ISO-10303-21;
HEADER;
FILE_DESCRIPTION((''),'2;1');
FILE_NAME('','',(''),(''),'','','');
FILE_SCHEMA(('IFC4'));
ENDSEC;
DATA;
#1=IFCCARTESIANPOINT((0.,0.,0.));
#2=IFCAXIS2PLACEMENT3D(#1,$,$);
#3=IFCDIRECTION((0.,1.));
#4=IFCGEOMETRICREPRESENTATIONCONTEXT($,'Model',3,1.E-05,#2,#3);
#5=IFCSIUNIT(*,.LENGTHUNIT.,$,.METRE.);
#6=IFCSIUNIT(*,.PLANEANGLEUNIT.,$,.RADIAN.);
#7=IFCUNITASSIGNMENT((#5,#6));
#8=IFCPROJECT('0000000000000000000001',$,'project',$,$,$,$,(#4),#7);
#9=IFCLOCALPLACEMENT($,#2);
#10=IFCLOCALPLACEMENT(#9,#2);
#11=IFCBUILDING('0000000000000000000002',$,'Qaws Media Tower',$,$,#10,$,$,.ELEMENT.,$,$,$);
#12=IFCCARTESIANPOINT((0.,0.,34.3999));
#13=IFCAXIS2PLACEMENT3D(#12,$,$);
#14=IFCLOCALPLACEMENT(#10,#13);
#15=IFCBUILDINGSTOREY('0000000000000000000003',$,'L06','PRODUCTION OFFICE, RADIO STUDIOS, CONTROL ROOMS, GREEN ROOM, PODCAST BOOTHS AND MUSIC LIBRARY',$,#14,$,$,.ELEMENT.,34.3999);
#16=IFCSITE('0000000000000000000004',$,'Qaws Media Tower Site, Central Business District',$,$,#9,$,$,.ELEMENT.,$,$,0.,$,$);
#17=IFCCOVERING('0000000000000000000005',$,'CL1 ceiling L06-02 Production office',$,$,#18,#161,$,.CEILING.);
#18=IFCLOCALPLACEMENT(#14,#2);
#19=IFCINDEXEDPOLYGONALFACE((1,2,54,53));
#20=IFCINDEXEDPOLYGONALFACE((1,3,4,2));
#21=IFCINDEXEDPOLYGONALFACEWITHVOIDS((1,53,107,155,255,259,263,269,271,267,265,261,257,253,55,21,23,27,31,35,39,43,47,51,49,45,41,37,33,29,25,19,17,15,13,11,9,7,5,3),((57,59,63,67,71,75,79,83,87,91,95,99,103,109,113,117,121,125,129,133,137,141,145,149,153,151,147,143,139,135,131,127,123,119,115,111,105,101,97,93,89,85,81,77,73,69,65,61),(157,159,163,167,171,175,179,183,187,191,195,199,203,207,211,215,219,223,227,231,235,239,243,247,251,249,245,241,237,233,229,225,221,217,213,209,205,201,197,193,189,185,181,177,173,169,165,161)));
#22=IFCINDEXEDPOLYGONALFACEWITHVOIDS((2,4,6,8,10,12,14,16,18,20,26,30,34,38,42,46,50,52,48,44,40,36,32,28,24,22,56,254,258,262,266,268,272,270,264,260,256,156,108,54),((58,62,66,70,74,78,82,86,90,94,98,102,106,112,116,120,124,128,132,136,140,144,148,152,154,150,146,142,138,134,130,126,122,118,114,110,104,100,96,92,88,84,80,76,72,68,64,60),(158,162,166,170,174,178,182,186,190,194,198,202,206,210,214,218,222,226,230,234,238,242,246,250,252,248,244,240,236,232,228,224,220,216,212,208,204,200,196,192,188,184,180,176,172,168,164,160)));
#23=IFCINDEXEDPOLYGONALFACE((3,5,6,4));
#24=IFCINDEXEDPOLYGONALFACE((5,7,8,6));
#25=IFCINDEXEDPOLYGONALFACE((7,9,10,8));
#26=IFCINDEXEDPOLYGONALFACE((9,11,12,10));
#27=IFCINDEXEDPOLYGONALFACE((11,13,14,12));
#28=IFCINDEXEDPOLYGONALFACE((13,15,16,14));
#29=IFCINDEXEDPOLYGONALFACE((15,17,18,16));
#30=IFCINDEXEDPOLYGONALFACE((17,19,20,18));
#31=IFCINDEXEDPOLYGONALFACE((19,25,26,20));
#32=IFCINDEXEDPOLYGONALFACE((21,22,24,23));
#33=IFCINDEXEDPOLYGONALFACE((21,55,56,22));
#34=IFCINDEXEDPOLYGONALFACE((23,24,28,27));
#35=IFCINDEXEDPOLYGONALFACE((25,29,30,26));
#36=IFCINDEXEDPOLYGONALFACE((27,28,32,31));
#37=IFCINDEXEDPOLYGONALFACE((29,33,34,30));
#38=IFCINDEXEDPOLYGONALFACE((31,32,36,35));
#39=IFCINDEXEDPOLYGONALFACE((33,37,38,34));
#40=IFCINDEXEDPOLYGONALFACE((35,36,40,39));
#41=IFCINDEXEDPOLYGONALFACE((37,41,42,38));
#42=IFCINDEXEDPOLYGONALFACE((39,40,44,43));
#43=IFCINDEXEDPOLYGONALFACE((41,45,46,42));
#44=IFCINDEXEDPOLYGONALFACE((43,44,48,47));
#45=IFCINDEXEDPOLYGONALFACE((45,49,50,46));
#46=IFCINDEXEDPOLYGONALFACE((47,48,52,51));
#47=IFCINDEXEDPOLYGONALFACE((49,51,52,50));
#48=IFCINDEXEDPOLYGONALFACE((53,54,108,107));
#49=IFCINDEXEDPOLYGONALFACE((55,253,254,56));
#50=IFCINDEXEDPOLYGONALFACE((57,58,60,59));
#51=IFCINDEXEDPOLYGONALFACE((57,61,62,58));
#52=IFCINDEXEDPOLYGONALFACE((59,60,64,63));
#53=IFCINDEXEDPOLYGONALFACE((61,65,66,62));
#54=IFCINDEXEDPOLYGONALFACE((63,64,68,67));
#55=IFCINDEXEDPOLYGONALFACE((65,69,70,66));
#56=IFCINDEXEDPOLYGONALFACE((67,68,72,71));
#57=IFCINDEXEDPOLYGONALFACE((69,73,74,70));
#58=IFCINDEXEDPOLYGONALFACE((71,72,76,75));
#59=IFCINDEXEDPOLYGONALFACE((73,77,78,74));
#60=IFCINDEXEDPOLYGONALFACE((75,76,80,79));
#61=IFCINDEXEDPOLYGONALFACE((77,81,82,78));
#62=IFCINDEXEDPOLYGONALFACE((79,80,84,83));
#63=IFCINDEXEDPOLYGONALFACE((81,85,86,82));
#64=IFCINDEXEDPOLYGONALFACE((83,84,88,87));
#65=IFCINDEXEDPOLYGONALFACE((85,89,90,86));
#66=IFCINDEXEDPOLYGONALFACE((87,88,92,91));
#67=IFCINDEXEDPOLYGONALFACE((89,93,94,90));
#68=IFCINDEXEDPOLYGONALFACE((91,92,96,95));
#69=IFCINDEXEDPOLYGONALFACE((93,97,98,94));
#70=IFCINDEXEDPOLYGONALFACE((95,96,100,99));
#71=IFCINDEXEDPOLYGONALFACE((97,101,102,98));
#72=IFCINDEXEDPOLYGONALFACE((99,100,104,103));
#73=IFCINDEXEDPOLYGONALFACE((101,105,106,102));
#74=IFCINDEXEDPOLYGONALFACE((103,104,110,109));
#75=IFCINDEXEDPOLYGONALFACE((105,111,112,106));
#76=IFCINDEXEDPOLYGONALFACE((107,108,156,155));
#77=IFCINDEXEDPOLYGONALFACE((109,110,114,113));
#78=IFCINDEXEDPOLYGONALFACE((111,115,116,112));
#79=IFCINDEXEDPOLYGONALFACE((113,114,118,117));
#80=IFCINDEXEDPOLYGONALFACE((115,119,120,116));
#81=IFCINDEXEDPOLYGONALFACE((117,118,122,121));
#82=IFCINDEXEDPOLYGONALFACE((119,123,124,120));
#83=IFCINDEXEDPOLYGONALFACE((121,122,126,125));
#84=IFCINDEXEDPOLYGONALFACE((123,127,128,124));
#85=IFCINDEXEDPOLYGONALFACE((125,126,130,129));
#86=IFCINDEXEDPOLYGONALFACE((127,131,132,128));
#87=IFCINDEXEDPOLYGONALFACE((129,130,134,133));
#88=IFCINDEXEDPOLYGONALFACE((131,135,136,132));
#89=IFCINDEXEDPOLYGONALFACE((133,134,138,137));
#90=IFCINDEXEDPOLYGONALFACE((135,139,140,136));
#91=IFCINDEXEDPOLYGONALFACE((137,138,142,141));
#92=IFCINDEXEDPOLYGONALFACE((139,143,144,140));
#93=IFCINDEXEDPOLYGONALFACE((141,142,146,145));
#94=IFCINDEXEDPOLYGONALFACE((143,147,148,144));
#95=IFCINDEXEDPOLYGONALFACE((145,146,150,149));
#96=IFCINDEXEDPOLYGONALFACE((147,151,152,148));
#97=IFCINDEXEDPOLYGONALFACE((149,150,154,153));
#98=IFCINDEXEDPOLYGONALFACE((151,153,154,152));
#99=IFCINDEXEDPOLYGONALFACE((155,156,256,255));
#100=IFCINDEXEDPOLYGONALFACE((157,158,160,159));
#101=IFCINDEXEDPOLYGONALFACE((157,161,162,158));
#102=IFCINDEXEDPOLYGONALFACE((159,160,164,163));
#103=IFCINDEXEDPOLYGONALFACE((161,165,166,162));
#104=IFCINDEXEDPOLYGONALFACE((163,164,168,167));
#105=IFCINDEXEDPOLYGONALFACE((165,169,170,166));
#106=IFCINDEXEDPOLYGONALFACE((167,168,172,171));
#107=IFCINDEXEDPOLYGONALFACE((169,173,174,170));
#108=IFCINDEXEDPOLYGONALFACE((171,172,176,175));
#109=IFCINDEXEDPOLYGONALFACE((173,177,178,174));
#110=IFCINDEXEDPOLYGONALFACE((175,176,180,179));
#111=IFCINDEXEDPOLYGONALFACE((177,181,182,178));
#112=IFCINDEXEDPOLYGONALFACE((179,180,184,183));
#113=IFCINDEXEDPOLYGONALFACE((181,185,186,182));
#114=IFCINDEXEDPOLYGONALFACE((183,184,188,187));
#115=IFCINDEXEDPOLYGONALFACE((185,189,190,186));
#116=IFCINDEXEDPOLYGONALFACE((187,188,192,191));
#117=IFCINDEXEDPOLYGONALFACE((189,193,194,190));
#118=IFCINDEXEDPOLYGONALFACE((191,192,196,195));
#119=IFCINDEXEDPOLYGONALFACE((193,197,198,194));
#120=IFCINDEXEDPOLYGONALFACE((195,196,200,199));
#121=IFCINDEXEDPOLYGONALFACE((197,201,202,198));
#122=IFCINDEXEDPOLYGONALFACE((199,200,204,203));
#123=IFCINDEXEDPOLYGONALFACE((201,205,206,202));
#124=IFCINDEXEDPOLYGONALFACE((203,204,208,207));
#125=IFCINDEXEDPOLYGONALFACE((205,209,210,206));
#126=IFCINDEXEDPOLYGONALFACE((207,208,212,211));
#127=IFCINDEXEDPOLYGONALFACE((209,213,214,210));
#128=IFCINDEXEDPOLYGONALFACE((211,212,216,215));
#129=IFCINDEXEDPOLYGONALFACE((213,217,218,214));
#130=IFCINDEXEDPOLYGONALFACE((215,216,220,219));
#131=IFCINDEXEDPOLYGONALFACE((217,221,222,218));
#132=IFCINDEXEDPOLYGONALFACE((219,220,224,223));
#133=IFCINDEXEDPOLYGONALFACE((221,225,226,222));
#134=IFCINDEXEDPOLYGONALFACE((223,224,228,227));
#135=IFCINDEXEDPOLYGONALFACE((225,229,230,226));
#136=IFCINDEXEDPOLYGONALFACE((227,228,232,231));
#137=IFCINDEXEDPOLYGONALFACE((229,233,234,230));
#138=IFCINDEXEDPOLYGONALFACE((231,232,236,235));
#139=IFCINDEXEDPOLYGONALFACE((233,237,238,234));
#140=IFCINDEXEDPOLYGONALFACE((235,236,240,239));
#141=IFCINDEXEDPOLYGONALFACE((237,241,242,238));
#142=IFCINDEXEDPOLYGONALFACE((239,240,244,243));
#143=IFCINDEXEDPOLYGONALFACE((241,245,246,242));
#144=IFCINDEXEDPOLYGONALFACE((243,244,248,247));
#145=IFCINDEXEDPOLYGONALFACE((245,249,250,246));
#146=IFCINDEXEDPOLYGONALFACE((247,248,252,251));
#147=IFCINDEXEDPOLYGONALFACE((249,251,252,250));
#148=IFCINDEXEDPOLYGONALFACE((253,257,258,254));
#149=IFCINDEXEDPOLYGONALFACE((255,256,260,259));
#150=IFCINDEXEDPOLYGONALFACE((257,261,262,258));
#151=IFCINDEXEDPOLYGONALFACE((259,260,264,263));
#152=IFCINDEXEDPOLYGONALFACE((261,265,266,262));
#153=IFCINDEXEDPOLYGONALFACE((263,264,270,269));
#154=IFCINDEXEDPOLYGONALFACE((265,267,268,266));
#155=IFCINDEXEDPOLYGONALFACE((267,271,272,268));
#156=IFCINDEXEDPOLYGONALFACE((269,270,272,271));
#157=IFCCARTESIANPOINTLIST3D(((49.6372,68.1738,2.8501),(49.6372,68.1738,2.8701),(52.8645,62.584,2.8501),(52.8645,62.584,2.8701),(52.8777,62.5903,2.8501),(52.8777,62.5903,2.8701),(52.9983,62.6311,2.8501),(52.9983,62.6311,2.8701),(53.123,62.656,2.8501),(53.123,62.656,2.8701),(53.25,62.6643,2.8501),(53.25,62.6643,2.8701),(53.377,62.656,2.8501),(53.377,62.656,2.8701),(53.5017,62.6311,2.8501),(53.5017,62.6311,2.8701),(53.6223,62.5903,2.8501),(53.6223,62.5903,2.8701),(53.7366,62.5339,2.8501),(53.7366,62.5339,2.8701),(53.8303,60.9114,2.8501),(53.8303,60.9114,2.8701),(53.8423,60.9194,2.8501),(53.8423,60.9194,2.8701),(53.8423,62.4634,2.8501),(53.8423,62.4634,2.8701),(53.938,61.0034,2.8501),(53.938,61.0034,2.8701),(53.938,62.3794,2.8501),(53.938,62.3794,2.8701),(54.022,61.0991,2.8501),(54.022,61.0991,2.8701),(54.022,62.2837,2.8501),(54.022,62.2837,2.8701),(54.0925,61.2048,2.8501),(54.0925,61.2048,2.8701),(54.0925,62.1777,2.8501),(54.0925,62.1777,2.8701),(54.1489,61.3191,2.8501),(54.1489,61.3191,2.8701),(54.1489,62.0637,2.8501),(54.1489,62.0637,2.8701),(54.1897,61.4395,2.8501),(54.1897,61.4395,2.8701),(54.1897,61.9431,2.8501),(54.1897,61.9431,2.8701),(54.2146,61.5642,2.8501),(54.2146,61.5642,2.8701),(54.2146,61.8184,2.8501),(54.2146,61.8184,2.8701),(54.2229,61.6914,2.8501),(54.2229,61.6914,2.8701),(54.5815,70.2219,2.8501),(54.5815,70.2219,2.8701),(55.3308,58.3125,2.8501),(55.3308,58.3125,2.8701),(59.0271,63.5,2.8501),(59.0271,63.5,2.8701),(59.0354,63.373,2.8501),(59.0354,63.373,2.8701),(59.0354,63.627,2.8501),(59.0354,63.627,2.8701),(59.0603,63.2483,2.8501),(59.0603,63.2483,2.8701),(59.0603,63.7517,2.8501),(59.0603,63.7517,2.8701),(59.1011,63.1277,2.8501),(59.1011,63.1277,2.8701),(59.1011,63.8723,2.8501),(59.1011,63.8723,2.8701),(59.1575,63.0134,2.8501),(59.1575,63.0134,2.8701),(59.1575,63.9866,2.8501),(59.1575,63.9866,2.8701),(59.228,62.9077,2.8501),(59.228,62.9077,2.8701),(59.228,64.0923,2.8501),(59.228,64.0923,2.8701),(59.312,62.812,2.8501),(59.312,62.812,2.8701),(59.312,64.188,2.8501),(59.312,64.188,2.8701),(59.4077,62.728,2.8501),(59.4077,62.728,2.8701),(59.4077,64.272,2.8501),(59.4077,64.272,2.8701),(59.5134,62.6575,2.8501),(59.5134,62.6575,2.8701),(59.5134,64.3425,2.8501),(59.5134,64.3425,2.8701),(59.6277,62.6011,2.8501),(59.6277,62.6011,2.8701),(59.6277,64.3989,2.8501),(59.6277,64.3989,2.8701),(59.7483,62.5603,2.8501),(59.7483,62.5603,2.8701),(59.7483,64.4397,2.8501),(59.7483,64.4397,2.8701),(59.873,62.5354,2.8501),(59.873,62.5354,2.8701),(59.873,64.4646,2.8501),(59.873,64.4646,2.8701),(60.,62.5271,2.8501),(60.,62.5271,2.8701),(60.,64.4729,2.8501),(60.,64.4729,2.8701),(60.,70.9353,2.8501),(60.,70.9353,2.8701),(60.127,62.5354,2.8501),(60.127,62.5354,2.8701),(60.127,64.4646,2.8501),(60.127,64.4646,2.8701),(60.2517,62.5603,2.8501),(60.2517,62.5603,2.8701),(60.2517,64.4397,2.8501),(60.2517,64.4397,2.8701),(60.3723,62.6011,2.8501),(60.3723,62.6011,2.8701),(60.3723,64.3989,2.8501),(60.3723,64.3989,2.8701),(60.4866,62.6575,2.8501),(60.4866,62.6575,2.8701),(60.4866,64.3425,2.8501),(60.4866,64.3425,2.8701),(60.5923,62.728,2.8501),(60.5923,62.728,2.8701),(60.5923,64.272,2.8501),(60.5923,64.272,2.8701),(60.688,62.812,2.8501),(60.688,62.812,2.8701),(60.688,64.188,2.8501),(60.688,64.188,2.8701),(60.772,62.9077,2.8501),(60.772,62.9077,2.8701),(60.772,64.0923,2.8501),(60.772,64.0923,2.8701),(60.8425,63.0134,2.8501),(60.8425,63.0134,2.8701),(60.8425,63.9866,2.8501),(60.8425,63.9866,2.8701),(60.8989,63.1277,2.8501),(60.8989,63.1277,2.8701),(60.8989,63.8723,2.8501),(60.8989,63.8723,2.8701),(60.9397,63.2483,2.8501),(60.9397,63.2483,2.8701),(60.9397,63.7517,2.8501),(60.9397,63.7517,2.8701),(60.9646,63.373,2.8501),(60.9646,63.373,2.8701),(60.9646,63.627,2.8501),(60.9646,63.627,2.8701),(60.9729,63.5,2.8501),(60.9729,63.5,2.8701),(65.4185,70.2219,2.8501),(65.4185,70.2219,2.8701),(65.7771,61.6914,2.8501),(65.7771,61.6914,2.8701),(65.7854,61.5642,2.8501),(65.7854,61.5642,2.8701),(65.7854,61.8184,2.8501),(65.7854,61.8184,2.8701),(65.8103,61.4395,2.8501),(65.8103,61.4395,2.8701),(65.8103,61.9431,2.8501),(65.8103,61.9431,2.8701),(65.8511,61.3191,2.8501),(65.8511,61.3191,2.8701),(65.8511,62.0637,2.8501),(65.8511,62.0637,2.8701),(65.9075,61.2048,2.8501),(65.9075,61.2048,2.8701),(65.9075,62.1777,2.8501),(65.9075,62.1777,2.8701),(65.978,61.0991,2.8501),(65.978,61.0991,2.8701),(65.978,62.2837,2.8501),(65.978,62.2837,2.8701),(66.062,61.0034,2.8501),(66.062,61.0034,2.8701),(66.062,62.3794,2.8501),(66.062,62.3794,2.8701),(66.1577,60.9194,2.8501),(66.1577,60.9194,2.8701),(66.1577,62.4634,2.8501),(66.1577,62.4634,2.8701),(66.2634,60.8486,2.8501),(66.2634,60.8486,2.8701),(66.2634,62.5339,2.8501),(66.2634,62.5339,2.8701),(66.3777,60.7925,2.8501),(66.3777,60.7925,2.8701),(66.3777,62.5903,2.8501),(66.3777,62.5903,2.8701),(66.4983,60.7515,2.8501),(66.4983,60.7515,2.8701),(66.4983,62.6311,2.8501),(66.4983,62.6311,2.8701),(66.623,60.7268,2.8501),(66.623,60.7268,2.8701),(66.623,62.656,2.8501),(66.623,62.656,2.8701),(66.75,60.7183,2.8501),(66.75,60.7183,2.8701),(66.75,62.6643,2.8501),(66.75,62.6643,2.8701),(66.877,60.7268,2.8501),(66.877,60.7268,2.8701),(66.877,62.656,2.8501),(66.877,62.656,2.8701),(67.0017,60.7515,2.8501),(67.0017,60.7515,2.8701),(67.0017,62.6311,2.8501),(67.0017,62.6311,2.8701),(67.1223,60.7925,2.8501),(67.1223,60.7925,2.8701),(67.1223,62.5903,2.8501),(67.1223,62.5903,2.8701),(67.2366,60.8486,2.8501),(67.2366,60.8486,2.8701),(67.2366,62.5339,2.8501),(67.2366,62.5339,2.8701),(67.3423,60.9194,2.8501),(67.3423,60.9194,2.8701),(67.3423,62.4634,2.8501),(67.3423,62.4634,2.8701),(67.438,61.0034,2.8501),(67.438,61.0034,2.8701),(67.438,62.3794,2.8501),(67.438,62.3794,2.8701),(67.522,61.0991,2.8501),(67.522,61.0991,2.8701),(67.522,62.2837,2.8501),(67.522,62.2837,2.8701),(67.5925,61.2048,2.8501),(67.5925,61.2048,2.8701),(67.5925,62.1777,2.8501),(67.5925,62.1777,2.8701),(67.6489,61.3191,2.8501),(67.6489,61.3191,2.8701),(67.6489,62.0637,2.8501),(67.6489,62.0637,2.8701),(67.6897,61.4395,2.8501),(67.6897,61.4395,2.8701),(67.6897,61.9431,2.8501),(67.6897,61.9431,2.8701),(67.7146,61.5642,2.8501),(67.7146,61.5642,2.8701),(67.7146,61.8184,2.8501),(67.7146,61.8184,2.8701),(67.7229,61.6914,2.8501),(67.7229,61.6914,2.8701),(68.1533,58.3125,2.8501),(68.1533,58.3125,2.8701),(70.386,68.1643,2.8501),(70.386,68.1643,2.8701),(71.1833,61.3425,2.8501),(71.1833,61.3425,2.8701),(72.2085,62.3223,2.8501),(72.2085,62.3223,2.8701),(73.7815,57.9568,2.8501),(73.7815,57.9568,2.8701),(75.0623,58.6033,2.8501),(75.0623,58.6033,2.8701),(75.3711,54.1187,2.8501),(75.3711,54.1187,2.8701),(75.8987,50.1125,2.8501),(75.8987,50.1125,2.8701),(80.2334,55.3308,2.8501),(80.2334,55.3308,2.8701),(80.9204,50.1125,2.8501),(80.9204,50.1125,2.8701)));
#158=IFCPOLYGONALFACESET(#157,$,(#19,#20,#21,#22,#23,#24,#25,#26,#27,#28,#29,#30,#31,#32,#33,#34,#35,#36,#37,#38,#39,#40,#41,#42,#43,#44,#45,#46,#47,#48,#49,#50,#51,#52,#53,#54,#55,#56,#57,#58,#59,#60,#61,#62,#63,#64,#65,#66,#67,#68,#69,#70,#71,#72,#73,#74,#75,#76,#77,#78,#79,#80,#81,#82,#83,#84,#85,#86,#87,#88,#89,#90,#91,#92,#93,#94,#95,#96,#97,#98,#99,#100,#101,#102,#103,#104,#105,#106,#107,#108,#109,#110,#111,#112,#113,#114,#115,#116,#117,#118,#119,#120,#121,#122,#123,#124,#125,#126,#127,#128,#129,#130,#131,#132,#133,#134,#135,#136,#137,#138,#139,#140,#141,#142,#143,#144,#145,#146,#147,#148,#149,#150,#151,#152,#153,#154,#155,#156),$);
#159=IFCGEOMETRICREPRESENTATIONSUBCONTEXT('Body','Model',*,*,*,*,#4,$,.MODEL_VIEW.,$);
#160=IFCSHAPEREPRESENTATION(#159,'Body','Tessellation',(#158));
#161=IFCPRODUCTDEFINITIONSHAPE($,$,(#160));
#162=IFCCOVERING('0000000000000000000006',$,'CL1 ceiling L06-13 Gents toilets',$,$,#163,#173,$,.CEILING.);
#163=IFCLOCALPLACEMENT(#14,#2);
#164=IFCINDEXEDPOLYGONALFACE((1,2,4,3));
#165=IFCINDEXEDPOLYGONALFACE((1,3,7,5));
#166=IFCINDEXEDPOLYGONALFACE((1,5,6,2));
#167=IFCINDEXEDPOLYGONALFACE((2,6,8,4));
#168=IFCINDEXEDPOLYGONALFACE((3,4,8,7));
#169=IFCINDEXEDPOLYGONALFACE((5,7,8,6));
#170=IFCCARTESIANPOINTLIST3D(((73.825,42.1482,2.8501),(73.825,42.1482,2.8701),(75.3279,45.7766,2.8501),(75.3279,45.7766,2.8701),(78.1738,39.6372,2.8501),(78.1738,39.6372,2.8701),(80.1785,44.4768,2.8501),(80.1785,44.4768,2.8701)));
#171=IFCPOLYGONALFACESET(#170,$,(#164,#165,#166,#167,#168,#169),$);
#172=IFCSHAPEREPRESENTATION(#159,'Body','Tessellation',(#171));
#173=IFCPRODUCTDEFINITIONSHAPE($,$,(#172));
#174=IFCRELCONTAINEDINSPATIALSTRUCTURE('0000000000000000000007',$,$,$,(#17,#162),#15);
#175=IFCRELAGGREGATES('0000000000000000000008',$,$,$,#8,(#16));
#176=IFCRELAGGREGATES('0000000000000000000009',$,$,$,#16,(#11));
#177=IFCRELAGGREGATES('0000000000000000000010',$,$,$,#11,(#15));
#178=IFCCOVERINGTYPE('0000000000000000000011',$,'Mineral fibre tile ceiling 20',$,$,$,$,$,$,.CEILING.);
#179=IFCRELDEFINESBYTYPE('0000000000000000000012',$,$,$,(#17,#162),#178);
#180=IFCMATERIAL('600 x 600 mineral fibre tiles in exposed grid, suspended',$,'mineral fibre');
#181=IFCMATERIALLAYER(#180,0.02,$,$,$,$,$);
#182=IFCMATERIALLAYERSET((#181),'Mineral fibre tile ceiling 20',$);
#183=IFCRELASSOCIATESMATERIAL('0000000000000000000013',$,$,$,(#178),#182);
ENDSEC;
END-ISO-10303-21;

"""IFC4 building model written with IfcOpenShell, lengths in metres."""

from ifc_helpers import new_model, si_unit, direction, frame, origin, place, context, subcontext, project, spatial, polyline, outline, extrude, material, layer, layer_set, type_object, element, save


model = new_model("IFC4")

# Units and contexts
model_context = context("Model", 3, precision=1e-05, world=origin(), true_north=direction((0.0, 1.0)))
body_context = subcontext(model_context, "Body", "Model", "MODEL_VIEW")
ifc_project = project(units=[si_unit("LENGTHUNIT", "METRE"), si_unit("PLANEANGLEUNIT", "RADIAN")], contexts=[model_context])

# Site, building, storey
site_placement = place(None, origin())
site = spatial("IfcSite", under=ifc_project, at=site_placement, Name="Qaws Media Tower Site, Central Business District", CompositionType="ELEMENT", RefElevation=0.0)
building_placement = place(site_placement, origin())
building = spatial("IfcBuilding", under=site, at=building_placement, Name="Qaws Media Tower", CompositionType="ELEMENT")
storey_placement = place(building_placement, frame((0.0, 0.0, 34.3999)))
storey = spatial("IfcBuildingStorey", under=building, at=storey_placement, Name="L06", Description="PRODUCTION OFFICE, RADIO STUDIOS, CONTROL ROOMS, GREEN ROOM, PODCAST BOOTHS AND MUSIC LIBRARY", CompositionType="ELEMENT", Elevation=34.3999)

# Coverings
ifc_material_1 = material(Name="600 x 600 mineral fibre tiles in exposed grid, suspended", Category="mineral fibre")
ifc_layer_1 = layer(ifc_material_1, 0.02)
ifc_layer_set_1 = layer_set([ifc_layer_1], Name="Mineral fibre tile ceiling 20")
covering_type_1 = type_object("IfcCoveringType", Name="Mineral fibre tile ceiling 20", PredefinedType="CEILING", material=ifc_layer_set_1)
covering_1_placement = place(storey_placement, frame((0.0, 0.0, 2.8501)))
element("IfcCovering", 1, at=covering_1_placement, inside=storey, type_object=covering_type_1, Name="CL1 ceiling L06-02 Production office", PredefinedType="CEILING", context=body_context, shape_type="SweptSolid", body=[
    extrude(outline(polyline([(54.5815, 70.2219), (60.0, 70.9353), (65.4185, 70.2219), (70.386, 68.1643), (72.2085, 62.3223), (75.0623, 58.6033), (80.2334, 55.3308), (80.9204, 50.1125), (75.8987, 50.1125), (75.3711, 54.1187), (73.7815, 57.9568), (71.1833, 61.3425), (68.1533, 58.3125), (55.3308, 58.3125), (53.8303, 60.9114), (53.8423, 60.9194), (53.938, 61.0034), (54.022, 61.0991), (54.0925, 61.2048), (54.1489, 61.3191), (54.1897, 61.4395), (54.2146, 61.5642), (54.2229, 61.6914), (54.2146, 61.8184), (54.1897, 61.9431), (54.1489, 62.0637), (54.0925, 62.1777), (54.022, 62.2837), (53.938, 62.3794), (53.8423, 62.4634), (53.7366, 62.5339), (53.6223, 62.5903), (53.5017, 62.6311), (53.377, 62.656), (53.25, 62.6643), (53.123, 62.656), (52.9983, 62.6311), (52.8777, 62.5903), (52.8645, 62.584), (49.6372, 68.1738), (54.5815, 70.2219)]), holes=[polyline([(60.8989, 63.1277), (60.9397, 63.2483), (60.9646, 63.373), (60.9729, 63.5), (60.9646, 63.627), (60.9397, 63.7517), (60.8989, 63.8723), (60.8425, 63.9866), (60.772, 64.0923), (60.688, 64.188), (60.5923, 64.272), (60.4866, 64.3425), (60.3723, 64.3989), (60.2517, 64.4397), (60.127, 64.4646), (60.0, 64.4729), (59.873, 64.4646), (59.7483, 64.4397), (59.6277, 64.3989), (59.5134, 64.3425), (59.4077, 64.272), (59.312, 64.188), (59.228, 64.0923), (59.1575, 63.9866), (59.1011, 63.8723), (59.0603, 63.7517), (59.0354, 63.627), (59.0271, 63.5), (59.0354, 63.373), (59.0603, 63.2483), (59.1011, 63.1277), (59.1575, 63.0134), (59.228, 62.9077), (59.312, 62.812), (59.4077, 62.728), (59.5134, 62.6575), (59.6277, 62.6011), (59.7483, 62.5603), (59.873, 62.5354), (60.0, 62.5271), (60.127, 62.5354), (60.2517, 62.5603), (60.3723, 62.6011), (60.4866, 62.6575), (60.5923, 62.728), (60.688, 62.812), (60.772, 62.9077), (60.8425, 63.0134), (60.8989, 63.1277)]), polyline([(67.6489, 61.3191), (67.6897, 61.4395), (67.7146, 61.5642), (67.7229, 61.6914), (67.7146, 61.8184), (67.6897, 61.9431), (67.6489, 62.0637), (67.5925, 62.1777), (67.522, 62.2837), (67.438, 62.3794), (67.3423, 62.4634), (67.2366, 62.5339), (67.1223, 62.5903), (67.0017, 62.6311), (66.877, 62.656), (66.75, 62.6643), (66.623, 62.656), (66.4983, 62.6311), (66.3777, 62.5903), (66.2634, 62.5339), (66.1577, 62.4634), (66.062, 62.3794), (65.978, 62.2837), (65.9075, 62.1777), (65.8511, 62.0637), (65.8103, 61.9431), (65.7854, 61.8184), (65.7771, 61.6914), (65.7854, 61.5642), (65.8103, 61.4395), (65.8511, 61.3191), (65.9075, 61.2048), (65.978, 61.0991), (66.062, 61.0034), (66.1577, 60.9194), (66.2634, 60.8486), (66.3777, 60.7925), (66.4983, 60.7515), (66.623, 60.7268), (66.75, 60.7183), (66.877, 60.7268), (67.0017, 60.7515), (67.1223, 60.7925), (67.2366, 60.8486), (67.3423, 60.9194), (67.438, 61.0034), (67.522, 61.0991), (67.5925, 61.2048), (67.6489, 61.3191)])]), origin(), (0.0, 0.0, 1.0), 0.02),
])
covering_2_placement = place(storey_placement, frame((0.0, 0.0, 2.8501)))
element("IfcCovering", 2, at=covering_2_placement, inside=storey, type_object=covering_type_1, Name="CL1 ceiling L06-13 Gents toilets", PredefinedType="CEILING", context=body_context, shape_type="SweptSolid", body=[
    extrude(outline(polyline([(78.1738, 39.6372), (73.825, 42.1482), (75.3279, 45.7766), (80.1785, 44.4768), (78.1738, 39.6372)])), origin(), (0.0, 0.0, 1.0), 0.02),
])

save(model, "model.ifc")
